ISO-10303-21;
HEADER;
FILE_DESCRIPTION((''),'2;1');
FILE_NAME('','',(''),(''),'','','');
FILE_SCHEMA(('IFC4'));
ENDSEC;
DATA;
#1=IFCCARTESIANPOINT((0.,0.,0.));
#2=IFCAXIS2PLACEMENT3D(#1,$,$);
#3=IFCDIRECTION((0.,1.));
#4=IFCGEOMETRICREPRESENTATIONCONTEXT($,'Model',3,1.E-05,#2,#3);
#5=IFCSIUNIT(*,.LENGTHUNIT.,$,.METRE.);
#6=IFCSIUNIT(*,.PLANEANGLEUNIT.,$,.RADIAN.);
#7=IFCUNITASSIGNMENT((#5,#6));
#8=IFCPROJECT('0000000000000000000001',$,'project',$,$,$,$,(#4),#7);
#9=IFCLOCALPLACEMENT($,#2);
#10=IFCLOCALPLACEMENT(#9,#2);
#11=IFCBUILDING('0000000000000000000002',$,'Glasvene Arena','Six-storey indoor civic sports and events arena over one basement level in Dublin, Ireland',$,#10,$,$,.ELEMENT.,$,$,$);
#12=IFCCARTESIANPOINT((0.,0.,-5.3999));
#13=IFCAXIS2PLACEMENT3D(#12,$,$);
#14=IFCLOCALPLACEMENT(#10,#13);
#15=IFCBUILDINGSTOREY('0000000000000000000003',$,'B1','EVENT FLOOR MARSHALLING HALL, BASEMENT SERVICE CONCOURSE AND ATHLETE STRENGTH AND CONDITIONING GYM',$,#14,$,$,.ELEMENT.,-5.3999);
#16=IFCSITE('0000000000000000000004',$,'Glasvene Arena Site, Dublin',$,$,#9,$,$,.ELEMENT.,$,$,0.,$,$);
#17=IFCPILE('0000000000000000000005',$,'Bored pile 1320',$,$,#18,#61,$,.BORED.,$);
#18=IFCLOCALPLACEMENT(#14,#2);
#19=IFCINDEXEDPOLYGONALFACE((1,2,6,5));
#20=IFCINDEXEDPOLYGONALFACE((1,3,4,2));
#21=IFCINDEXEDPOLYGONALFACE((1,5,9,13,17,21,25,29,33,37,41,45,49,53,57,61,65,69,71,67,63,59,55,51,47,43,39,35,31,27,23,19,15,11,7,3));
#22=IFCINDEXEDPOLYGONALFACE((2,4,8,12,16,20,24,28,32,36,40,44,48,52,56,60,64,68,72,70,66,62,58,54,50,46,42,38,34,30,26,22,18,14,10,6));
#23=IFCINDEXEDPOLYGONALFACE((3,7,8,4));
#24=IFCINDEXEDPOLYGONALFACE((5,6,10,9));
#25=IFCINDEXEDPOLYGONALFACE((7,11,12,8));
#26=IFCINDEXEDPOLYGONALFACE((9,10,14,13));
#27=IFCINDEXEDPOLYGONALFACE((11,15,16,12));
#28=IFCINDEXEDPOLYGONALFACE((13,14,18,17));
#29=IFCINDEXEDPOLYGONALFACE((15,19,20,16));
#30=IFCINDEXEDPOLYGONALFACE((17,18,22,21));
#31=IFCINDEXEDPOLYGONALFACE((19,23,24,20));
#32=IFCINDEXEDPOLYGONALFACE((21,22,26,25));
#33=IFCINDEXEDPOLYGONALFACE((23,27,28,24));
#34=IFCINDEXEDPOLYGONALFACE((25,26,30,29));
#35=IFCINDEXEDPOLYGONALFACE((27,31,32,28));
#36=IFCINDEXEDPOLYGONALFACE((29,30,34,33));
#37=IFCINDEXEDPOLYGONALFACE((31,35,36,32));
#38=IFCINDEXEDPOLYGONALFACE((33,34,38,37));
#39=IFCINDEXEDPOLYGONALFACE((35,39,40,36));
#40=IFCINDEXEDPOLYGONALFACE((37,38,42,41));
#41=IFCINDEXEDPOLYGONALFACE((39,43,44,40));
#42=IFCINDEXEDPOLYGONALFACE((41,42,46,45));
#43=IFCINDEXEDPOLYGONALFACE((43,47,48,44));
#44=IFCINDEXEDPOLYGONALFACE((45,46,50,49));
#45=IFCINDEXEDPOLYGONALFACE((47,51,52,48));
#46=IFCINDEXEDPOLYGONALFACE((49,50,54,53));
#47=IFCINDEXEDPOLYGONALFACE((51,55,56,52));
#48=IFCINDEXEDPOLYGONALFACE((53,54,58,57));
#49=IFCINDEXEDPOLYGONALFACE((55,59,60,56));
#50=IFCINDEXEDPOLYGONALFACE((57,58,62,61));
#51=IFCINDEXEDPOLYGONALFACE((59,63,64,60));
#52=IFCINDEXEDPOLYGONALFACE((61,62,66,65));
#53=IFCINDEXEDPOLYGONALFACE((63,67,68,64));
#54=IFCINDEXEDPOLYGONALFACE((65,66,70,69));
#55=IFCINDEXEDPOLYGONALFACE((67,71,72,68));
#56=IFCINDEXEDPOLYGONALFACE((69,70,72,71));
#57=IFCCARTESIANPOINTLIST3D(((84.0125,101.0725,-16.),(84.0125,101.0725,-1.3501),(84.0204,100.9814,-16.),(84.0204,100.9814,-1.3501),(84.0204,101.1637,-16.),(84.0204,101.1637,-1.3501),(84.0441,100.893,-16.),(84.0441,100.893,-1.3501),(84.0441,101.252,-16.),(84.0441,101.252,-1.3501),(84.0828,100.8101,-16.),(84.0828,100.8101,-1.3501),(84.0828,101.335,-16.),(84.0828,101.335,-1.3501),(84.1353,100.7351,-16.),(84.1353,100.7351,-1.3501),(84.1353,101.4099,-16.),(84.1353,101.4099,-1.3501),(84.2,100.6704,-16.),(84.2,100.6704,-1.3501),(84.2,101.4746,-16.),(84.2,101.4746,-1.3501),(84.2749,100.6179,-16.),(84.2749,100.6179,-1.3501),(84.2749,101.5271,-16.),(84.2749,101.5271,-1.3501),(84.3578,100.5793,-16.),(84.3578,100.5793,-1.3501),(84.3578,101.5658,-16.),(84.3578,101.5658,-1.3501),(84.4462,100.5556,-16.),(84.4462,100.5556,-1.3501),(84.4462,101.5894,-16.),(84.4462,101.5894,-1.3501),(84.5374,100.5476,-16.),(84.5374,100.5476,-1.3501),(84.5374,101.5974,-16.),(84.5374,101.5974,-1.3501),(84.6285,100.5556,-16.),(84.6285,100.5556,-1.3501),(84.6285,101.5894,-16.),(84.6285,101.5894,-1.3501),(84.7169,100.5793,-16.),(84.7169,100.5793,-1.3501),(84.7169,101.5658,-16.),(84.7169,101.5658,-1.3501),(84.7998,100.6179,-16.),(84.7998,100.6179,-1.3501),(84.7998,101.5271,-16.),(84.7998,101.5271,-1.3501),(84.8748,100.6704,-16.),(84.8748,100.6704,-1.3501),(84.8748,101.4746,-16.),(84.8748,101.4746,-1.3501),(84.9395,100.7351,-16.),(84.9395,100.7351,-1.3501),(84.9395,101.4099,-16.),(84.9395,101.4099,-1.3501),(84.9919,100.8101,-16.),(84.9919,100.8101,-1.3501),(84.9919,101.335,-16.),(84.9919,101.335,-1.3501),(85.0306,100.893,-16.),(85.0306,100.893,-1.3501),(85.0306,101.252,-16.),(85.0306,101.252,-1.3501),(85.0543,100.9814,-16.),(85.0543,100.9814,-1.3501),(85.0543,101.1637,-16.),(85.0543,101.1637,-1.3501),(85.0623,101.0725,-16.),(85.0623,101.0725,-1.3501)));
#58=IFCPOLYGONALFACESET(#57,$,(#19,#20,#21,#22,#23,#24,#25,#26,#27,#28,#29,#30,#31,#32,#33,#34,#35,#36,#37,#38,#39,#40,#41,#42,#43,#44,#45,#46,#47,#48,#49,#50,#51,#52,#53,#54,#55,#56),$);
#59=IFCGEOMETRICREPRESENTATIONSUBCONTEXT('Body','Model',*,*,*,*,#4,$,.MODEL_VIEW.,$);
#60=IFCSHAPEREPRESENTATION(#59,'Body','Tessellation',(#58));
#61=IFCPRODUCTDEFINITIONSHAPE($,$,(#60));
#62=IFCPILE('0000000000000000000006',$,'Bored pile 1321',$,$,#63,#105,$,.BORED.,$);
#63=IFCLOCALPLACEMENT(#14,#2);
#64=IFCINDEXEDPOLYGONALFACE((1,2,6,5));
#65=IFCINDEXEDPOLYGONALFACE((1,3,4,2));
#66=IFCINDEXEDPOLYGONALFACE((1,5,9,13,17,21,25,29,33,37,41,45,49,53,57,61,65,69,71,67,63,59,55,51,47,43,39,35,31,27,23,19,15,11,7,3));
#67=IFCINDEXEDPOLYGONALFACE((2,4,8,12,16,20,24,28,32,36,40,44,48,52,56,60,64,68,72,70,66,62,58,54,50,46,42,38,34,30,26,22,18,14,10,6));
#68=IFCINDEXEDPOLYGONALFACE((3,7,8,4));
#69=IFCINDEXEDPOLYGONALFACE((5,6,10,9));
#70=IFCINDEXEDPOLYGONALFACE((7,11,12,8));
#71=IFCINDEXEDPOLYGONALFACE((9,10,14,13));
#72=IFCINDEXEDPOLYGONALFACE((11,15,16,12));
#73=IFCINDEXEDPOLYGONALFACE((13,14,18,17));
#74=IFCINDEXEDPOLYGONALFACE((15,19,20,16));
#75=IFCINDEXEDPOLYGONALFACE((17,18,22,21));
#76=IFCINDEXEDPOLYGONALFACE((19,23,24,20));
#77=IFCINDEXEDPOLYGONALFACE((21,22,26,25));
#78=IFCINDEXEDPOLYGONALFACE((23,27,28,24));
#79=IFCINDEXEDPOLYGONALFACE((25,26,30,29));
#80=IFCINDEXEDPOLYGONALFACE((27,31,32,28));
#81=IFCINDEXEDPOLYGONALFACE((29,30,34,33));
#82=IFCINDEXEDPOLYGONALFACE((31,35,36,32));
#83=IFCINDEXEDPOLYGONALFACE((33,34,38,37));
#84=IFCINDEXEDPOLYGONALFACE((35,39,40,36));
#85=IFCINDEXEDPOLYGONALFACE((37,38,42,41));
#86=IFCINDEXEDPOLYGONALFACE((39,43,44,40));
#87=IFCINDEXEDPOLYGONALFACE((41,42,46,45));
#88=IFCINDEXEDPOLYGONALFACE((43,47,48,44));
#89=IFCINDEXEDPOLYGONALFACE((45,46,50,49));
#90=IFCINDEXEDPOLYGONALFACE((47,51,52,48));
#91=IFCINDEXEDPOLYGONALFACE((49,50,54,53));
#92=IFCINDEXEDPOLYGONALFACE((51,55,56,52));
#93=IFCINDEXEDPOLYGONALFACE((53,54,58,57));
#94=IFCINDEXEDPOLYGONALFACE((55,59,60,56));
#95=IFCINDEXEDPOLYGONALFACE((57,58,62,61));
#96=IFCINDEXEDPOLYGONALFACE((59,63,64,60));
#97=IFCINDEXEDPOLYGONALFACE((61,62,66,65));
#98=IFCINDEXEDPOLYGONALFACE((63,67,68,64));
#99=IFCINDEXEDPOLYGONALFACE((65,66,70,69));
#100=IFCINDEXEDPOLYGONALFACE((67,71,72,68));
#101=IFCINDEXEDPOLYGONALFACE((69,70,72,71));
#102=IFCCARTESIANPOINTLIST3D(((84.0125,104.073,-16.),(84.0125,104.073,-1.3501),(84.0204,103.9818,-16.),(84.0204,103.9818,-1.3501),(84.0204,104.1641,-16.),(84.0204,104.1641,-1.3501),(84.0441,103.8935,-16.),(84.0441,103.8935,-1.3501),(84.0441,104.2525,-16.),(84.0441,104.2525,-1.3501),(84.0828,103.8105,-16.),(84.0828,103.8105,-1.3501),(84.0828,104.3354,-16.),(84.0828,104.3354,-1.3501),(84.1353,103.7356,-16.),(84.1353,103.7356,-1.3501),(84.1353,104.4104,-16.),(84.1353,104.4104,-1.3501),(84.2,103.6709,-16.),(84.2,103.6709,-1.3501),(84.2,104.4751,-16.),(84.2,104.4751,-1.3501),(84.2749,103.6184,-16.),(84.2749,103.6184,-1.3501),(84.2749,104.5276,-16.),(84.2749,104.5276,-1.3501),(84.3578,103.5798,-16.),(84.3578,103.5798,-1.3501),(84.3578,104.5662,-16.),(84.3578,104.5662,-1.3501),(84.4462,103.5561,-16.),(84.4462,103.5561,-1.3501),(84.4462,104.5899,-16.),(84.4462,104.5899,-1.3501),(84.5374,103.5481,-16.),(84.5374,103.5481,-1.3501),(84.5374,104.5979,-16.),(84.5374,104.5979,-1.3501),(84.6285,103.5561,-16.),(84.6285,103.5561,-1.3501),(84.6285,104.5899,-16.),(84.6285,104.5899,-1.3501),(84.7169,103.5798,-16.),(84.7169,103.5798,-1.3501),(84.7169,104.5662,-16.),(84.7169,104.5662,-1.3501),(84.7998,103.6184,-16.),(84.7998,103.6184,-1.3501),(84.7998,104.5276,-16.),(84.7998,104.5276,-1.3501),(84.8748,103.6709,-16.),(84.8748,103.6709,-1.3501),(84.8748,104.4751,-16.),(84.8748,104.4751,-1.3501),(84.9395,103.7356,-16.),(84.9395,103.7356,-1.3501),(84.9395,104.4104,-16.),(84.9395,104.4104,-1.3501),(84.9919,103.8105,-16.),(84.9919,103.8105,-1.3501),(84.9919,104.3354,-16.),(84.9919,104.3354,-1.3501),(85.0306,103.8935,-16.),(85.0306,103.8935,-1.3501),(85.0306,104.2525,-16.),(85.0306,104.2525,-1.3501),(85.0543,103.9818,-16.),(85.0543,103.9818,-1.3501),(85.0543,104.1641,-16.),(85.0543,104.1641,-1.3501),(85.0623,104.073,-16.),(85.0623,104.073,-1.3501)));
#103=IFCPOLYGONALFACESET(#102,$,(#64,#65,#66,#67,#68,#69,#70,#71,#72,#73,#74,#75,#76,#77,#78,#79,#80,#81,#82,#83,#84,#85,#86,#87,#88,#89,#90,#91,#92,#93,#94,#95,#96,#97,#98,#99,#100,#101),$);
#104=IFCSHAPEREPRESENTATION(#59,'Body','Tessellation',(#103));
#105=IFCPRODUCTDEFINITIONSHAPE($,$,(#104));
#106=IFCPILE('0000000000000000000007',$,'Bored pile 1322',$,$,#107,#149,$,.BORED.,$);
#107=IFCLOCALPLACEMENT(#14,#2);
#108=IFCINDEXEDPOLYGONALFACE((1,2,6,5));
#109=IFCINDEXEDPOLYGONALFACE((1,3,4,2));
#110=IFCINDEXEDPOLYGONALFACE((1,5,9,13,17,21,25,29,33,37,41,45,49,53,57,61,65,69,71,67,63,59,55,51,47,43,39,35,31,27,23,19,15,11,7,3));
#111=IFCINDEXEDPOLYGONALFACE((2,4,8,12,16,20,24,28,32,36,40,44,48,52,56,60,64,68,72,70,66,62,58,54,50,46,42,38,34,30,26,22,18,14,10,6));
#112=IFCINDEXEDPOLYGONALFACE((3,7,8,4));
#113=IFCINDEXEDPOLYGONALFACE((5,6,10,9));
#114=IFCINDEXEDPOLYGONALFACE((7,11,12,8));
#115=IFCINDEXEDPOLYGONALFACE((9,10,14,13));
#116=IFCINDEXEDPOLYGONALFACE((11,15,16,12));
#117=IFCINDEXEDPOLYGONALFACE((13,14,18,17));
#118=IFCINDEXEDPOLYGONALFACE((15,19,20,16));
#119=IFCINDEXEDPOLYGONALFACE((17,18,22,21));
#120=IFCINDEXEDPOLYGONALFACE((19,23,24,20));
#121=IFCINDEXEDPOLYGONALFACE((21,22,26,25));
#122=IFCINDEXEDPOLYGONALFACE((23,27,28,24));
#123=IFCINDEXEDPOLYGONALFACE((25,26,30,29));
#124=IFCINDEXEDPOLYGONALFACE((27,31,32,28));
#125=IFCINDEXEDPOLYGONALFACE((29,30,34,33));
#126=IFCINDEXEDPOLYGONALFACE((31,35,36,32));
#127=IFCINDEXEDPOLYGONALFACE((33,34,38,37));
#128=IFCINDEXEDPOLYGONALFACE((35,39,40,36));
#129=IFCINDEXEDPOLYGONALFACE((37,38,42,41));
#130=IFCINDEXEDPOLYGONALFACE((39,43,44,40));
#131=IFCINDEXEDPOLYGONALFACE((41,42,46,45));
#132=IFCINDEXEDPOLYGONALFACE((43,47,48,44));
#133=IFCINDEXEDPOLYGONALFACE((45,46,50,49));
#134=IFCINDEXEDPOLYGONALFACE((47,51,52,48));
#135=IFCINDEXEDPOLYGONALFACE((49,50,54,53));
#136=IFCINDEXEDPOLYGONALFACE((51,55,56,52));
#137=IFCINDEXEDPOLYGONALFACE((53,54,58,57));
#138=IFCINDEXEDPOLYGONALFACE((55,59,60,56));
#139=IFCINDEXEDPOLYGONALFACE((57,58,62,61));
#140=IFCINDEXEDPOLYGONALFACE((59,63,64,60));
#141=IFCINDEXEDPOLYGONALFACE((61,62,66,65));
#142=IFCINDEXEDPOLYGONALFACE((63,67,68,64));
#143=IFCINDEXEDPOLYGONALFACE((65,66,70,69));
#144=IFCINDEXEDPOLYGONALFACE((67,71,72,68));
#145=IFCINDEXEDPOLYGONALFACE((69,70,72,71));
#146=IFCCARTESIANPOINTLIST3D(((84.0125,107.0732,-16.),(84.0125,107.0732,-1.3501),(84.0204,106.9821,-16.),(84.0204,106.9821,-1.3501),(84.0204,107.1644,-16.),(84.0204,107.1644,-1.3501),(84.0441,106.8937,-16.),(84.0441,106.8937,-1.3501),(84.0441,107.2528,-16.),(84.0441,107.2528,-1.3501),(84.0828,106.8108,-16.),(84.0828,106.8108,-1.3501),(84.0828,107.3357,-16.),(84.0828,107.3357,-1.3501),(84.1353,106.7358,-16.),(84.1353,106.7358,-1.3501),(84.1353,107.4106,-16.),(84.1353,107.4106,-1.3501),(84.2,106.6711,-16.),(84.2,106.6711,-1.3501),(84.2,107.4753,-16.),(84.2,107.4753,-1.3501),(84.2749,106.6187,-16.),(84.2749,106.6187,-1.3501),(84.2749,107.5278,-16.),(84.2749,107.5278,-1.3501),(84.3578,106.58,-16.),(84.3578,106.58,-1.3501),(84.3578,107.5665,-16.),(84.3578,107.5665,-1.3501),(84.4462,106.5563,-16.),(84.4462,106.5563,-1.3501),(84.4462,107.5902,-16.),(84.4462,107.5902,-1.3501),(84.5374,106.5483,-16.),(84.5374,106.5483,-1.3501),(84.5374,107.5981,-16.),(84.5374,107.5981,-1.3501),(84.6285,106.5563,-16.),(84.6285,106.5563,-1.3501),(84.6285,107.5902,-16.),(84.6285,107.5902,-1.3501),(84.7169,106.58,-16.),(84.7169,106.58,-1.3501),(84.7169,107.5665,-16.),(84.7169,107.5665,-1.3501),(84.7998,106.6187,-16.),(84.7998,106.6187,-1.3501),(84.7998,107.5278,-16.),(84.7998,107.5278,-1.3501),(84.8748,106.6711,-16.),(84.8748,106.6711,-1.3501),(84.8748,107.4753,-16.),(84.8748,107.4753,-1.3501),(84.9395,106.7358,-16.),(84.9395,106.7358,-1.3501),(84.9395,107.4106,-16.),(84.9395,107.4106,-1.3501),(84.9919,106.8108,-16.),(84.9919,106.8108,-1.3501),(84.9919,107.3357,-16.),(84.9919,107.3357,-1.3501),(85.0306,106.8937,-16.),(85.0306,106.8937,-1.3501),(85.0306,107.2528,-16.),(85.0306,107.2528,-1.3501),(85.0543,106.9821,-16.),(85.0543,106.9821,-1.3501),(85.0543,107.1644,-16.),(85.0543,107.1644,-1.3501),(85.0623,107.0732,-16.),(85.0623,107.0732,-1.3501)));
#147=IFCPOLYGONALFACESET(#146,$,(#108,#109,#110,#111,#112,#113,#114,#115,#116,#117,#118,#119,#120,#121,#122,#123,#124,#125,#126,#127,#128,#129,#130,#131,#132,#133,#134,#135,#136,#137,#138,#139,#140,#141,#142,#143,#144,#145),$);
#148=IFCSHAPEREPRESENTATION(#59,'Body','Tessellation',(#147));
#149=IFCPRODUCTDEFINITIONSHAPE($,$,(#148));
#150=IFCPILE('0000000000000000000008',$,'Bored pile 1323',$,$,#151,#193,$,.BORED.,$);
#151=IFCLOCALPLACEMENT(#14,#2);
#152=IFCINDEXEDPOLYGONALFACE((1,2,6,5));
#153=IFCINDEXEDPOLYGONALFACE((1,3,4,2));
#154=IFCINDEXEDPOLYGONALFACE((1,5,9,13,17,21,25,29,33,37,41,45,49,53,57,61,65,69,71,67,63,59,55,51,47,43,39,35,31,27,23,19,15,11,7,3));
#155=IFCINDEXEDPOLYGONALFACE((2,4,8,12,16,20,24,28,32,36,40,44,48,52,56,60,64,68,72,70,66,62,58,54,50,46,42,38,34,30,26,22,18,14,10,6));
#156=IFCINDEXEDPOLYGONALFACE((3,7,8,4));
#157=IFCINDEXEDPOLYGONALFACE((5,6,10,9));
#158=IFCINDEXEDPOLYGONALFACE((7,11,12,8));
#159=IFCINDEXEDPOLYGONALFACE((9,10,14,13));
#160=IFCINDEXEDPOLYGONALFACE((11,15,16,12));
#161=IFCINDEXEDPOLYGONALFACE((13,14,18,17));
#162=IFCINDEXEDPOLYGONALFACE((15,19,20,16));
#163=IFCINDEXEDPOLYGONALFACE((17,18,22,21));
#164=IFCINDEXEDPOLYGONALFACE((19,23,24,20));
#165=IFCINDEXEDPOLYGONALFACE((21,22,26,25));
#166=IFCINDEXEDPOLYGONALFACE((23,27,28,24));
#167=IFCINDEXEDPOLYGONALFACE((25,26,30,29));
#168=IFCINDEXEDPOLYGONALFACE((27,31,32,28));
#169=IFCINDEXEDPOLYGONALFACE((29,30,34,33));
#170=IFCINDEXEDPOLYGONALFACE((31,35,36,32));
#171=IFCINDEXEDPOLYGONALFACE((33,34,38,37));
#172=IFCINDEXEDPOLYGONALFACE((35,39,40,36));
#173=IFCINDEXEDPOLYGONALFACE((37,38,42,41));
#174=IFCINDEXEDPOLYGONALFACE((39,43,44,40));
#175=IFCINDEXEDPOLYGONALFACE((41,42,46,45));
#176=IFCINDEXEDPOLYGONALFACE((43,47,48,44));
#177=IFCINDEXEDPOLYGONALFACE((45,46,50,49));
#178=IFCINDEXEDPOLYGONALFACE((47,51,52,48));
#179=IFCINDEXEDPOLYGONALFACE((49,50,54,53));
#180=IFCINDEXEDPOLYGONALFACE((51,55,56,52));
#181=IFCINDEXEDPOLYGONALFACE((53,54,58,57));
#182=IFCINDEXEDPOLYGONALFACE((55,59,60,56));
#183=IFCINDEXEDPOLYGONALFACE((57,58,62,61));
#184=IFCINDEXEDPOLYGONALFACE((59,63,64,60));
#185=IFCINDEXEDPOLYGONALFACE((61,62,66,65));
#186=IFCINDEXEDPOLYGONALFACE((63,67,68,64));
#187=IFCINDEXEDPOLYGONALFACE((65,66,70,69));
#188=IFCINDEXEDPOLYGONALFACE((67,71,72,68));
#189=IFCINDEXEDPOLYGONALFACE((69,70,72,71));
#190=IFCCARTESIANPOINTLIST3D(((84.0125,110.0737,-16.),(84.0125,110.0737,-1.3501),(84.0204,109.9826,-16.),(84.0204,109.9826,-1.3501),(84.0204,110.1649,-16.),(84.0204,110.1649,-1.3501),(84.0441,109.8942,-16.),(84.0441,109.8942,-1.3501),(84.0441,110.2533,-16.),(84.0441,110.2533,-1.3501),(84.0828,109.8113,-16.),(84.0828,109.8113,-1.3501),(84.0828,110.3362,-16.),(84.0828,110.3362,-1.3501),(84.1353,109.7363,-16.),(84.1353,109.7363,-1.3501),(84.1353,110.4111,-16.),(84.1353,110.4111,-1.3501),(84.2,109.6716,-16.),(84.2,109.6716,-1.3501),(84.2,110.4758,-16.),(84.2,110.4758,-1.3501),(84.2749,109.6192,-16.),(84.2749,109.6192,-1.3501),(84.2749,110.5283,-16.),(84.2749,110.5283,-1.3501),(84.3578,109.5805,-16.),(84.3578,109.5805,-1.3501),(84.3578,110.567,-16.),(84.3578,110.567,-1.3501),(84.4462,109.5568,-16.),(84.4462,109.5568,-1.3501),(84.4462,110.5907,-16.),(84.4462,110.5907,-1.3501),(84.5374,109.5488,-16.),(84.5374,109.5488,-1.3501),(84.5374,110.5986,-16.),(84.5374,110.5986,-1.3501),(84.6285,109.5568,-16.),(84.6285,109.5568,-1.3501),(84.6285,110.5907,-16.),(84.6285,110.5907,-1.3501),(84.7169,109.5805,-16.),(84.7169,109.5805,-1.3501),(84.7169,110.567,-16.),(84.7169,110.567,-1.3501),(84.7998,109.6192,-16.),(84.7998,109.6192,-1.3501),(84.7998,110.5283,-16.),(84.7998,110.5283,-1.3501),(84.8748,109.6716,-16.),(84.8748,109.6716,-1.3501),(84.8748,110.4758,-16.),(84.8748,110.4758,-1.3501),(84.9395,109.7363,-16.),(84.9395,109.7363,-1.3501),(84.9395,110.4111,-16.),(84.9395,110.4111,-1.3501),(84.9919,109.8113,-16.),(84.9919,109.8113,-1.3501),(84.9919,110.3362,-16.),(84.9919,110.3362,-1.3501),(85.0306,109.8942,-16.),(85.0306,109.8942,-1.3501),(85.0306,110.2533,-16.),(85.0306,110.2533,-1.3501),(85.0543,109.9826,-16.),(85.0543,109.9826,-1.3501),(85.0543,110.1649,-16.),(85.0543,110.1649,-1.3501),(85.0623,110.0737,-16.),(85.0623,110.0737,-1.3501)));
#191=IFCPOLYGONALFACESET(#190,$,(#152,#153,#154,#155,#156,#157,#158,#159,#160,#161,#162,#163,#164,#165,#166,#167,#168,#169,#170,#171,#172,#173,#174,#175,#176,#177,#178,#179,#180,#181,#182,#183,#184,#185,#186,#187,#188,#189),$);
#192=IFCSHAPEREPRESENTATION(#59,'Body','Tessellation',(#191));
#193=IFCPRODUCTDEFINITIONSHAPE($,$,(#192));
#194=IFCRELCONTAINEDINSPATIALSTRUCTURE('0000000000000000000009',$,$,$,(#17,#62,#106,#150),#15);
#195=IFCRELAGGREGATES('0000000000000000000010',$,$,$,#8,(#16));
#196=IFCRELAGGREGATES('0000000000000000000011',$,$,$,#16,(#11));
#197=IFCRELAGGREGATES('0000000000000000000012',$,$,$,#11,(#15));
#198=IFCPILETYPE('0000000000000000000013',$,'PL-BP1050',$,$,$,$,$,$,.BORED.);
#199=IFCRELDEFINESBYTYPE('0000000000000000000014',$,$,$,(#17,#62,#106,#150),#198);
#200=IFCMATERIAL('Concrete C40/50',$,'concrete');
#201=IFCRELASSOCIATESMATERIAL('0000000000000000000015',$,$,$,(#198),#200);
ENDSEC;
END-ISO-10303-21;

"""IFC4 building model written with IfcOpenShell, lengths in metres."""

from ifc_helpers import new_model, si_unit, direction, frame, origin, origin_2d, place, context, subcontext, project, spatial, circle, extrude, material, material_profile, profile_set, type_object, element, save


model = new_model("IFC4")

# Units and contexts
model_context = context("Model", 3, precision=1e-05, world=origin(), true_north=direction((0.0, 1.0)))
body_context = subcontext(model_context, "Body", "Model", "MODEL_VIEW")
ifc_project = project(units=[si_unit("LENGTHUNIT", "METRE"), si_unit("PLANEANGLEUNIT", "RADIAN")], contexts=[model_context])

# Site, building, storey
site_placement = place(None, origin())
site = spatial("IfcSite", under=ifc_project, at=site_placement, Name="Glasvene Arena Site, Dublin", CompositionType="ELEMENT", RefElevation=0.0)
building_placement = place(site_placement, origin())
building = spatial("IfcBuilding", under=site, at=building_placement, Name="Glasvene Arena", Description="Six-storey indoor civic sports and events arena over one basement level in Dublin, Ireland", CompositionType="ELEMENT")
storey_placement = place(building_placement, frame((0.0, 0.0, -5.3999)))
storey = spatial("IfcBuildingStorey", under=building, at=storey_placement, Name="B1", Description="EVENT FLOOR MARSHALLING HALL, BASEMENT SERVICE CONCOURSE AND ATHLETE STRENGTH AND CONDITIONING GYM", CompositionType="ELEMENT", Elevation=-5.3999)

# Piles
ifc_material_1 = material(Name="Concrete C40/50", Category="concrete")
ifc_material_profile_1 = material_profile(ifc_material_1, circle(Radius=0.5249, at=origin_2d()), Name="BORED PILE 1050")
ifc_profile_set_1 = profile_set([ifc_material_profile_1], Name="Concrete C40/50")
pile_type_1 = type_object("IfcPileType", Name="PL-BP1050", PredefinedType="BORED", material=ifc_profile_set_1)
for number, where, z_axis, x_axis, name in (
    (1, (84.5374, 101.0725, -1.3501), (0.0, 0.0, -1.0), (1.0, 0.0, 0.0), "Bored pile 1320"),
    (2, (84.5374, 104.073, -1.3501), (0.0, 0.0, -1.0), (1.0, 0.0, 0.0), "Bored pile 1321"),
    (3, (84.5374, 107.0732, -1.3501), (0.0, 0.0, -1.0), (1.0, 0.0, 0.0), "Bored pile 1322"),
    (4, (84.5374, 110.0737, -1.3501), (0.0, 0.0, -1.0), (1.0, 0.0, 0.0), "Bored pile 1323"),
):
    element("IfcPile", number, at=place(storey_placement, frame(where, z_axis=z_axis, x_axis=x_axis)), inside=storey, type_object=pile_type_1, Name=name, PredefinedType="BORED", context=body_context, shape_type="SweptSolid", body=[
        extrude(circle(Radius=0.5249, at=origin_2d()), origin(), (0.0, 0.0, 1.0), 14.6499),
    ])

save(model, "model.ifc")
